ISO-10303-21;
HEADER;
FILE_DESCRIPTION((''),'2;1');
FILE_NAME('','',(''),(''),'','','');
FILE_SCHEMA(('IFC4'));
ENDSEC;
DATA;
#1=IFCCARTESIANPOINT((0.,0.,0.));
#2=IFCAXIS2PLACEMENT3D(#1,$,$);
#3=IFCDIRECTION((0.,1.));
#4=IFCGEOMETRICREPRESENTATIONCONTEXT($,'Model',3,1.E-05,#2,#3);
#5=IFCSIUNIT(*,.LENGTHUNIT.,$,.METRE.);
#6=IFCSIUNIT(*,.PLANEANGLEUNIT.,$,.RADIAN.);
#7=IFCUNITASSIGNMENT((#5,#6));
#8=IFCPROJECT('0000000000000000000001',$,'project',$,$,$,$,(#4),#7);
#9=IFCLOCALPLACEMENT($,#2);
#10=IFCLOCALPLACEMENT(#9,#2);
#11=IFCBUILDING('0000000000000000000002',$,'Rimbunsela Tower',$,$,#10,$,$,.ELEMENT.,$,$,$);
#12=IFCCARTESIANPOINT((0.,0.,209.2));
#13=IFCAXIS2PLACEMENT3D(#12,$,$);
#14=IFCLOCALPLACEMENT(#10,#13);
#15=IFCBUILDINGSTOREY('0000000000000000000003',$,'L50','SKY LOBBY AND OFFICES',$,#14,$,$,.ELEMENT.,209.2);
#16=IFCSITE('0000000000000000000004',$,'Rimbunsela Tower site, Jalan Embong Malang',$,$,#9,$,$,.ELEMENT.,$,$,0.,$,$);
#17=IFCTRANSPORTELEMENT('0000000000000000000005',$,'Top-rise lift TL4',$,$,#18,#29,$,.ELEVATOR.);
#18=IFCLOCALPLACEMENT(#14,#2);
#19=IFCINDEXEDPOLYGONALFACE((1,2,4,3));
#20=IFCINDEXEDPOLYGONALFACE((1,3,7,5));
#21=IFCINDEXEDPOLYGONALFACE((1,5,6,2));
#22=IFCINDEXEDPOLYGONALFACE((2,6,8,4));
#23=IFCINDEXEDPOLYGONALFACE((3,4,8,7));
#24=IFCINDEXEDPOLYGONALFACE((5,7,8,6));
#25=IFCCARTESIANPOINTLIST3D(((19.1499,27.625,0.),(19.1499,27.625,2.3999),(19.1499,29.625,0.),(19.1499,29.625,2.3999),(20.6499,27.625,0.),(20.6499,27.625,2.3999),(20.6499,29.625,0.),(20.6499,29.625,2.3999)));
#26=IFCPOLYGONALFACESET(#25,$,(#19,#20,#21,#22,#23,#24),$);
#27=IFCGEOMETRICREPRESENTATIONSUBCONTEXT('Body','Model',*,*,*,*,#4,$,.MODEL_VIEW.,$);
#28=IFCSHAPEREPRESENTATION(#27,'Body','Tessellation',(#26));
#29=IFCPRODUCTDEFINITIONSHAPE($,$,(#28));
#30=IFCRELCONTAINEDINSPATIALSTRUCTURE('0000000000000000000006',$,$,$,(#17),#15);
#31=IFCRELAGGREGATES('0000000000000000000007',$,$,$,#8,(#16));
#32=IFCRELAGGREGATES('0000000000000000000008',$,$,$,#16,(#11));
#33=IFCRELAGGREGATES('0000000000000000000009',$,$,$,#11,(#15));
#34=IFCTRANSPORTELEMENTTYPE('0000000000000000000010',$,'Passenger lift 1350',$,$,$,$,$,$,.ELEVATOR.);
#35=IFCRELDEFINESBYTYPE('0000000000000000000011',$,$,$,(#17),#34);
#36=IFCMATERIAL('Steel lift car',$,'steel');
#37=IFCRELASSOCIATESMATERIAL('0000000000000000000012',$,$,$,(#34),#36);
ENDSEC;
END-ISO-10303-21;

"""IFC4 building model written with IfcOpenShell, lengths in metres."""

from ifc_helpers import new_model, si_unit, direction, frame, origin, origin_2d, place, context, subcontext, project, spatial, rectangle, extrude, material, type_object, element, save


model = new_model("IFC4")

# Units and contexts
model_context = context("Model", 3, precision=1e-05, world=origin(), true_north=direction((0.0, 1.0)))
body_context = subcontext(model_context, "Body", "Model", "MODEL_VIEW")
ifc_project = project(units=[si_unit("LENGTHUNIT", "METRE"), si_unit("PLANEANGLEUNIT", "RADIAN")], contexts=[model_context])

# Site, building, storey
site_placement = place(None, origin())
site = spatial("IfcSite", under=ifc_project, at=site_placement, Name="Rimbunsela Tower site, Jalan Embong Malang", CompositionType="ELEMENT", RefElevation=0.0)
building_placement = place(site_placement, origin())
building = spatial("IfcBuilding", under=site, at=building_placement, Name="Rimbunsela Tower", CompositionType="ELEMENT")
storey_placement = place(building_placement, frame((0.0, 0.0, 209.2)))
storey = spatial("IfcBuildingStorey", under=building, at=storey_placement, Name="L50", Description="SKY LOBBY AND OFFICES", CompositionType="ELEMENT", Elevation=209.2)

# Transport element
ifc_material_1 = material(Name="Steel lift car", Category="steel")
transport_element_type = type_object("IfcTransportElementType", Name="Passenger lift 1350", PredefinedType="ELEVATOR", material=ifc_material_1)
transport_element_placement = place(storey_placement, frame((19.8999, 28.625, 0.0), z_axis=(0.0, 0.0, 1.0), x_axis=(1.0, 0.0, 0.0)))
element("IfcTransportElement", 1, at=transport_element_placement, inside=storey, type_object=transport_element_type, Name="Top-rise lift TL4", PredefinedType="ELEVATOR", context=body_context, shape_type="SweptSolid", body=[
    extrude(rectangle(XDim=1.5, YDim=2.0, at=origin_2d()), origin(), (0.0, 0.0, 1.0), 2.3999),
])

save(model, "model.ifc")
